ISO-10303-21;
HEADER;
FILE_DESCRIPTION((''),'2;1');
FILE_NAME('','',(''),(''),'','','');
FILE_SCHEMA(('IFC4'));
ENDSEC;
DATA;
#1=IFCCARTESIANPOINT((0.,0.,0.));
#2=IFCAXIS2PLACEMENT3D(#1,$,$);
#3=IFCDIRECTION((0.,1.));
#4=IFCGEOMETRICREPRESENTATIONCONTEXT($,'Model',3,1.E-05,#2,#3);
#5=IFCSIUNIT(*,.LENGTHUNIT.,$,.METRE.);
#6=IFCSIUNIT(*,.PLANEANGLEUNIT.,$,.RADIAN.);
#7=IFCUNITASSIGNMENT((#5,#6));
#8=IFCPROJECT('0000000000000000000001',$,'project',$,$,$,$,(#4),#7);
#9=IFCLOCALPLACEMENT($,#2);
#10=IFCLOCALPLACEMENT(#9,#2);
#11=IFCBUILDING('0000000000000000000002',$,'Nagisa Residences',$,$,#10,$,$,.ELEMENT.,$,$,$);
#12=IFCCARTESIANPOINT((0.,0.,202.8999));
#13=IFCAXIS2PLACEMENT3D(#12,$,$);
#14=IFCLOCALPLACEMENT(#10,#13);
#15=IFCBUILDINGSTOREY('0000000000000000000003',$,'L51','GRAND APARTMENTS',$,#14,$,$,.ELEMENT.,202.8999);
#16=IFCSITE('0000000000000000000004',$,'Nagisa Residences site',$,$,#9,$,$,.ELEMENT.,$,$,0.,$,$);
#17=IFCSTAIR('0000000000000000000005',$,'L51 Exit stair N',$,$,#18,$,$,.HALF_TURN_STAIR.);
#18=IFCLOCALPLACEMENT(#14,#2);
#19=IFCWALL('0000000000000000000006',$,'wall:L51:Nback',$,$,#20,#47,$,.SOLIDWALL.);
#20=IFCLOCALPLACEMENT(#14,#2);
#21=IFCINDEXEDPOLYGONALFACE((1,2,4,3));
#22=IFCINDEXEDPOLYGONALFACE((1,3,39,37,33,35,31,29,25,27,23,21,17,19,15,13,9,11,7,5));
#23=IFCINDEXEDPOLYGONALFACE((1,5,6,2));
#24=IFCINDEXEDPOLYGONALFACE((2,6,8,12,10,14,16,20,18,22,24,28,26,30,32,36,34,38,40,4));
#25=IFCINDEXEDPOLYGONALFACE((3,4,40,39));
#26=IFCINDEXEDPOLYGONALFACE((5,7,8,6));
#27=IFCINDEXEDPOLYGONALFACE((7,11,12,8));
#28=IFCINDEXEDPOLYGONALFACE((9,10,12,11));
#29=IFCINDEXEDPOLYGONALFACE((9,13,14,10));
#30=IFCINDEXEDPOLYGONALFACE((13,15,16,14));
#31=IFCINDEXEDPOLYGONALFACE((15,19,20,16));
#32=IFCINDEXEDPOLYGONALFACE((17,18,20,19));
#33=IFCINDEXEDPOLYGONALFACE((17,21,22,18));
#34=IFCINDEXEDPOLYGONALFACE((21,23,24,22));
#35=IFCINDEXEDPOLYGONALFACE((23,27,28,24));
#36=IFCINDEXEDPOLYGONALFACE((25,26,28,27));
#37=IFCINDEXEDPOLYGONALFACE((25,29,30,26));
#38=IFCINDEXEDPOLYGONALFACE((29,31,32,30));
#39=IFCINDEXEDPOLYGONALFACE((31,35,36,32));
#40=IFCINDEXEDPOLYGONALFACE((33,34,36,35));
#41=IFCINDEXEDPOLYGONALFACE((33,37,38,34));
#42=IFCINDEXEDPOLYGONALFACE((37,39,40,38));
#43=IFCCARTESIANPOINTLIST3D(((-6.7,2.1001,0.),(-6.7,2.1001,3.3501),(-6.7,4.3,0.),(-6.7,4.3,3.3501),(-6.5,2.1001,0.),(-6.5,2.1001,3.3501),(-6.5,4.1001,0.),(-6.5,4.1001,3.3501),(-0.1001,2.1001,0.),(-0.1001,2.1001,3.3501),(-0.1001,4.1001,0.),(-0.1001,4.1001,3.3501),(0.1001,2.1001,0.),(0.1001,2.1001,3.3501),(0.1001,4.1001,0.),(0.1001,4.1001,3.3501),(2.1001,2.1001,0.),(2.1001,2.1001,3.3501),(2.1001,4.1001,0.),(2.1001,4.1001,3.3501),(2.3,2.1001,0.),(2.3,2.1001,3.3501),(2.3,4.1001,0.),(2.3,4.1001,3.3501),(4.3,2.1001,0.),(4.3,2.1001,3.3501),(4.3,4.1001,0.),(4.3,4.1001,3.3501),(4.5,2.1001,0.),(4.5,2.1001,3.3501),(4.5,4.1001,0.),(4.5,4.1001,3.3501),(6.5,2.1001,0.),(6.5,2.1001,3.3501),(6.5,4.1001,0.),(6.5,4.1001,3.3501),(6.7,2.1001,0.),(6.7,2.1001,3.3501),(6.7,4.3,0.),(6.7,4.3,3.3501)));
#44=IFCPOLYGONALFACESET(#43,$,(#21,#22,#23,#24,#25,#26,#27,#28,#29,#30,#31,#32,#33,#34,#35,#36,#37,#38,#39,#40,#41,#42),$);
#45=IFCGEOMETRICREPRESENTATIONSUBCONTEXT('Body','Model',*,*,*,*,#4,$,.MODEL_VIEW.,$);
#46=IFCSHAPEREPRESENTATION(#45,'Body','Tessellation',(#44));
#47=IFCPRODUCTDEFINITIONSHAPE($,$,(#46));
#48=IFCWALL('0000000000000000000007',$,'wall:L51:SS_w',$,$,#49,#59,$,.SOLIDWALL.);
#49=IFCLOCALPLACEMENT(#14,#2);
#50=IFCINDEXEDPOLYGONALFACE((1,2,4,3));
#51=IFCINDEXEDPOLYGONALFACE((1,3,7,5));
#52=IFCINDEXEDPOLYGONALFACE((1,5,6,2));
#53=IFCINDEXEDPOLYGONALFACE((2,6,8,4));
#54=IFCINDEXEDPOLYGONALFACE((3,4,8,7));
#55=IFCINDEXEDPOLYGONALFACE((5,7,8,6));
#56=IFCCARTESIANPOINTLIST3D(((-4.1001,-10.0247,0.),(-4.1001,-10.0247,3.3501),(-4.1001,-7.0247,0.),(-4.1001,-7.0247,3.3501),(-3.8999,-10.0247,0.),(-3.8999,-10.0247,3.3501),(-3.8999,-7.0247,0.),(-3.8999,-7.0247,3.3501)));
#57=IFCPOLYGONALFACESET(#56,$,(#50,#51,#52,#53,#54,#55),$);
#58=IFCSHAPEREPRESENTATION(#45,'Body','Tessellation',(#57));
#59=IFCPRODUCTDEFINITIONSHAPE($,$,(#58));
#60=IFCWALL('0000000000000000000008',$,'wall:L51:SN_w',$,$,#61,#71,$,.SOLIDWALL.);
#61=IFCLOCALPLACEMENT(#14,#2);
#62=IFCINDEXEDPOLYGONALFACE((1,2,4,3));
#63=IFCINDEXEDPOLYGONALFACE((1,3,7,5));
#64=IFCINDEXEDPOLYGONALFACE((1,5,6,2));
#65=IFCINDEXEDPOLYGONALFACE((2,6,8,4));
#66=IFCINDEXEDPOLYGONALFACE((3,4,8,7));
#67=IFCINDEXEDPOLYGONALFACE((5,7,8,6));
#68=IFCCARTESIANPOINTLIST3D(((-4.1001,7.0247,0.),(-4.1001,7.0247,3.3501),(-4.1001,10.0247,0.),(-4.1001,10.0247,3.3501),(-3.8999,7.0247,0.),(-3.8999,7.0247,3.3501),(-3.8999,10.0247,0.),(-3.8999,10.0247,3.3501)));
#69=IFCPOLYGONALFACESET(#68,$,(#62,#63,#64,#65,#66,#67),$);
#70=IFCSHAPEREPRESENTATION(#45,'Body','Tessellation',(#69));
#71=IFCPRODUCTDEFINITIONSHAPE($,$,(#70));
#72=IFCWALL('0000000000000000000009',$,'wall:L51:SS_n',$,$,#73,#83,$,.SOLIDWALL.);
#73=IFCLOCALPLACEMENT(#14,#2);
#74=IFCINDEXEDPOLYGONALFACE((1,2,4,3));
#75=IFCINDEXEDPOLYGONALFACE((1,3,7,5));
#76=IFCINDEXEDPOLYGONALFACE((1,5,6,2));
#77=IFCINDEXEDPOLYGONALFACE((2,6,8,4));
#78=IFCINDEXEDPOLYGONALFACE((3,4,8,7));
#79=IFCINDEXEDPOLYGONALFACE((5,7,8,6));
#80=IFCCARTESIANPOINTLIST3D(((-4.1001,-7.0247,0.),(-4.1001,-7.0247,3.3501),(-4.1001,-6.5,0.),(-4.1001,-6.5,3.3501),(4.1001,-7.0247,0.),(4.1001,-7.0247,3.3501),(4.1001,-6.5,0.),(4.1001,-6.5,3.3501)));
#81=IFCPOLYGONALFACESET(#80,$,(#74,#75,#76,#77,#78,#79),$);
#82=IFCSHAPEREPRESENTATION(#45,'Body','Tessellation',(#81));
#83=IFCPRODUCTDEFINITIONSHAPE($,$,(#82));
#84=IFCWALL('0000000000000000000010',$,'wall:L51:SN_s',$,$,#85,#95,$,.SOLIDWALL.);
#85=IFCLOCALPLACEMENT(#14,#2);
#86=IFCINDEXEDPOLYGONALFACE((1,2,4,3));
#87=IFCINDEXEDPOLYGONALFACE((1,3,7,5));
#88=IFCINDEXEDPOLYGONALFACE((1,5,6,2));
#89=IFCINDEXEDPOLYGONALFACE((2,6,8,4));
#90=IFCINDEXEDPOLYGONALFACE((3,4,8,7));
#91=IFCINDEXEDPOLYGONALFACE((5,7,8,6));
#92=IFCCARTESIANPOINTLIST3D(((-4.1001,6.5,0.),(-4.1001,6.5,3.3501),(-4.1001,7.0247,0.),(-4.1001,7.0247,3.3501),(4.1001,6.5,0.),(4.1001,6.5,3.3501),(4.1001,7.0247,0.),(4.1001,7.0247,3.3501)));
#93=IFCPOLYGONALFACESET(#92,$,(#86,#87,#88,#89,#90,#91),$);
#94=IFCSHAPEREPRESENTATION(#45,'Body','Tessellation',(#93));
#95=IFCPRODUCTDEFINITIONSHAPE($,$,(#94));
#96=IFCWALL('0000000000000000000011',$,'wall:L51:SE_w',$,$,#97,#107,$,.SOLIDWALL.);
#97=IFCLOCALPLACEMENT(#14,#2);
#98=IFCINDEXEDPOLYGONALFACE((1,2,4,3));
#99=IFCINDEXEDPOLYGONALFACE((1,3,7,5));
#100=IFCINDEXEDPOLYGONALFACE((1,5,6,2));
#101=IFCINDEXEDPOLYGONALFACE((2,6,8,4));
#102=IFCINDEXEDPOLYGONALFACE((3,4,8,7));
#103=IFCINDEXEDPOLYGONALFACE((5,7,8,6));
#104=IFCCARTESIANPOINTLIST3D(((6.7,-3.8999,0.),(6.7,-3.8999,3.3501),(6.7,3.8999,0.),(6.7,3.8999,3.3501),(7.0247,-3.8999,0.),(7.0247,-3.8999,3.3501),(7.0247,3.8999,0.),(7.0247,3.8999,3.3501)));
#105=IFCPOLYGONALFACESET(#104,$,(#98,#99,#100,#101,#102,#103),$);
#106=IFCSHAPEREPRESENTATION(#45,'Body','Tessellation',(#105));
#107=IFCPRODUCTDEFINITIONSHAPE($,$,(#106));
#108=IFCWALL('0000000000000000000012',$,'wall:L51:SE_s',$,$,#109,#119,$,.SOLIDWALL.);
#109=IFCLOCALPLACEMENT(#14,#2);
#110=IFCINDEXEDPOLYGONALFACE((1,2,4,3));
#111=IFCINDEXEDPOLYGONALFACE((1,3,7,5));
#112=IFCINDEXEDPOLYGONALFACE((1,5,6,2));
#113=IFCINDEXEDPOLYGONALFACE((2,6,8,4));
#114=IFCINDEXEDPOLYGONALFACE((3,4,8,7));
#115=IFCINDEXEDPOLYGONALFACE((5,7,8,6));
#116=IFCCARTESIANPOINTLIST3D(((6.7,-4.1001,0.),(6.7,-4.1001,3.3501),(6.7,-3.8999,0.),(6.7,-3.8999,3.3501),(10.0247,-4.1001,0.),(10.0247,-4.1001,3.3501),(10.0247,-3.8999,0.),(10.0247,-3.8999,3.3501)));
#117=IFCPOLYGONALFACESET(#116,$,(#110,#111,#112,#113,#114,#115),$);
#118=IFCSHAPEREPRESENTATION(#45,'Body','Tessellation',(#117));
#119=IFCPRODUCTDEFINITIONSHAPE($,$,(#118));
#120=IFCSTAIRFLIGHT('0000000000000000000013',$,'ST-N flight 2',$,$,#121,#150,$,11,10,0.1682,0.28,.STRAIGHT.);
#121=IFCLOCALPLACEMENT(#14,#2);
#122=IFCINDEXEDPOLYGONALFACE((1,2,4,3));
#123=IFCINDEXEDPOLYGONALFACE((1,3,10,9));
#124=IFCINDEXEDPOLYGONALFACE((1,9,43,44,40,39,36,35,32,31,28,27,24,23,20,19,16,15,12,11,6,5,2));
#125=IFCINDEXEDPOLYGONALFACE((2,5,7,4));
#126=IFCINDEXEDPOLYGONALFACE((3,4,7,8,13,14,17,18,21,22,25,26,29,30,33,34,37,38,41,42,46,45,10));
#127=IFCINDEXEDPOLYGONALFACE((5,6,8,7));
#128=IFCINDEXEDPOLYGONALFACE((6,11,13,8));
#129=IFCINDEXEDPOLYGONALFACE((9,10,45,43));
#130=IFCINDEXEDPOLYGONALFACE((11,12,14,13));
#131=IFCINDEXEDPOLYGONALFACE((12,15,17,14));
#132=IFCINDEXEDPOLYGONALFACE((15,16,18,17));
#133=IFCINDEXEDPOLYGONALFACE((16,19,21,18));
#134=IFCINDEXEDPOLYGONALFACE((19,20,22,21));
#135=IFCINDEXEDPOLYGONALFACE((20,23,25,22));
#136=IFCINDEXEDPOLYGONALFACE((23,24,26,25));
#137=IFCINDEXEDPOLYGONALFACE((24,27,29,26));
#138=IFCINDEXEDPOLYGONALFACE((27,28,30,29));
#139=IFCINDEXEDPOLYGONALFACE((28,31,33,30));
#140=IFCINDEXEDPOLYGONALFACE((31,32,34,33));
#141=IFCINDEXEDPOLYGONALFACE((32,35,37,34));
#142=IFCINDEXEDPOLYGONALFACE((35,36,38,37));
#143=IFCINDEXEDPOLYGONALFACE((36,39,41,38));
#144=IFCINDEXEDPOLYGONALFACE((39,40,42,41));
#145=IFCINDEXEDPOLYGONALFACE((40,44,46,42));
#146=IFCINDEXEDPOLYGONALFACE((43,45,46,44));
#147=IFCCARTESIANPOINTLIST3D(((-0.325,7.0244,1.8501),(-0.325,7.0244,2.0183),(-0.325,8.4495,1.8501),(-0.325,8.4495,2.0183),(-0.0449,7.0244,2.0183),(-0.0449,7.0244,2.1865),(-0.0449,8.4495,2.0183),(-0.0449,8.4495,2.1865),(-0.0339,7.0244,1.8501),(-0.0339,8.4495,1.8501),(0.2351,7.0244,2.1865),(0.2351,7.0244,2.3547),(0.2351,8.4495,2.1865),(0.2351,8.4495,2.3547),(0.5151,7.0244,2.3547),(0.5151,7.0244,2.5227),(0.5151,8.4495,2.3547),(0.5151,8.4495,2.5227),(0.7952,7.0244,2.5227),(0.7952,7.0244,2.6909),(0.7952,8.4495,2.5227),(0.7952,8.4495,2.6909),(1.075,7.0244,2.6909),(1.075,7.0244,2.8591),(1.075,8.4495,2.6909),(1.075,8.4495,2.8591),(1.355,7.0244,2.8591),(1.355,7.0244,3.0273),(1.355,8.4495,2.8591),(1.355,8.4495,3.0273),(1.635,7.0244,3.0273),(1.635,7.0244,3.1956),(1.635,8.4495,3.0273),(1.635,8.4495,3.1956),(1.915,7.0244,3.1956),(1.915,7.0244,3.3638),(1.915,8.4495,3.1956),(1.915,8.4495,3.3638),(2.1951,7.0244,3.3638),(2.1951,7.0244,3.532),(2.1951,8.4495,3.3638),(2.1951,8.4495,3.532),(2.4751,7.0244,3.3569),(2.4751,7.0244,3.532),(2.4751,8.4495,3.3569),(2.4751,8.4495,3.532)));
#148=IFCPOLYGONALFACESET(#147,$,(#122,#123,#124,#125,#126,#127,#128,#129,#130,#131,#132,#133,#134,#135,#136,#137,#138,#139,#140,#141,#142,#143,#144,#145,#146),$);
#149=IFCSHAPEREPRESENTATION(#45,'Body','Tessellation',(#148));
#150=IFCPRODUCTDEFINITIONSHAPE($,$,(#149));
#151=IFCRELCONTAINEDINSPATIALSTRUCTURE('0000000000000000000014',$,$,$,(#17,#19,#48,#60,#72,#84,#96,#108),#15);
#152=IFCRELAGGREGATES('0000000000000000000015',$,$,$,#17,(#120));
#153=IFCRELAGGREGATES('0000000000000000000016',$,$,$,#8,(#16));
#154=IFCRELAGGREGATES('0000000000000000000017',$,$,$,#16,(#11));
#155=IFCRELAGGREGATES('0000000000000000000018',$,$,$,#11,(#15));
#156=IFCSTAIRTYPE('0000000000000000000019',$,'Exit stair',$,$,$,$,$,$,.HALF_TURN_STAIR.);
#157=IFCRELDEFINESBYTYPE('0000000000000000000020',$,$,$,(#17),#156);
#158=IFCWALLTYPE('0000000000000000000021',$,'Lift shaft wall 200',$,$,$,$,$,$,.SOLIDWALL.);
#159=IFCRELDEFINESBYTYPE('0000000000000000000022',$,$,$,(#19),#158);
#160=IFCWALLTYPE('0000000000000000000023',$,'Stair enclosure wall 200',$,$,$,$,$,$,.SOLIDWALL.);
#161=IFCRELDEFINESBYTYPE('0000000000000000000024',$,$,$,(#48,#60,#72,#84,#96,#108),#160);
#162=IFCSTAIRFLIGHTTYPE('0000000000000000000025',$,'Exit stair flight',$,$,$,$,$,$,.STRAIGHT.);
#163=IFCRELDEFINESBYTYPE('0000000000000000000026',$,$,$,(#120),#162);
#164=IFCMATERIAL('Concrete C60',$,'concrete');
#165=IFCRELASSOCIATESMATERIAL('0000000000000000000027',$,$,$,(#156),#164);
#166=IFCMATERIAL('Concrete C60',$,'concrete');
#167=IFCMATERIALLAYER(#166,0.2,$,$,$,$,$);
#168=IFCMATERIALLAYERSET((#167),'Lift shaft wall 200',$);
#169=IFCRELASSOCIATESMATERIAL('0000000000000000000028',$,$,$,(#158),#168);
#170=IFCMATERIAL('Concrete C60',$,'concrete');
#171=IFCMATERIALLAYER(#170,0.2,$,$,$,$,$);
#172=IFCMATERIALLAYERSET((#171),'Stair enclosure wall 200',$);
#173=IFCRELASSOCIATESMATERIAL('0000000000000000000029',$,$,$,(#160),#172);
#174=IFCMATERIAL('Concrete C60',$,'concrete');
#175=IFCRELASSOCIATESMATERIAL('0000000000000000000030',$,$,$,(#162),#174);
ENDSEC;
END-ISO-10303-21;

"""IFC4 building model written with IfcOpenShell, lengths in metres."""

from ifc_helpers import new_model, si_unit, direction, frame, origin, place, context, subcontext, project, spatial, polyline, outline, extrude, material, layer, layer_set, type_object, element, aggregate, save


model = new_model("IFC4")

# Units and contexts
model_context = context("Model", 3, precision=1e-05, world=origin(), true_north=direction((0.0, 1.0)))
body_context = subcontext(model_context, "Body", "Model", "MODEL_VIEW")
ifc_project = project(units=[si_unit("LENGTHUNIT", "METRE"), si_unit("PLANEANGLEUNIT", "RADIAN")], contexts=[model_context])

# Site, building, storey
site_placement = place(None, origin())
site = spatial("IfcSite", under=ifc_project, at=site_placement, Name="Nagisa Residences site", CompositionType="ELEMENT", RefElevation=0.0)
building_placement = place(site_placement, origin())
building = spatial("IfcBuilding", under=site, at=building_placement, Name="Nagisa Residences", CompositionType="ELEMENT")
storey_placement = place(building_placement, frame((0.0, 0.0, 202.8999)))
storey = spatial("IfcBuildingStorey", under=building, at=storey_placement, Name="L51", Description="GRAND APARTMENTS", CompositionType="ELEMENT", Elevation=202.8999)

# Stair
ifc_material_1 = material(Name="Concrete C60", Category="concrete")
stair_type = type_object("IfcStairType", Name="Exit stair", PredefinedType="HALF_TURN_STAIR", material=ifc_material_1)
stair_1_placement = place(storey_placement, origin())
stair_1 = element("IfcStair", 1, at=stair_1_placement, inside=storey, type_object=stair_type, Name="L51 Exit stair N", PredefinedType="HALF_TURN_STAIR")

# Shared definitions
ifc_material_2 = material(Name="Concrete C60", Category="concrete")
ifc_layer_1 = layer(ifc_material_2, 0.2)
ifc_layer_set_1 = layer_set([ifc_layer_1], Name="Lift shaft wall 200")
wall_type_1 = type_object("IfcWallType", Name="Lift shaft wall 200", PredefinedType="SOLIDWALL", material=ifc_layer_set_1)

# Walls
wall_1_placement = place(storey_placement, origin())
element("IfcWall", 2, at=wall_1_placement, inside=storey, type_object=wall_type_1, Name="wall:L51:Nback", PredefinedType="SOLIDWALL", context=body_context, shape_type="SweptSolid", body=[
    extrude(outline(polyline([(-6.7, 4.3), (6.7, 4.3), (6.7, 2.1001), (6.5, 2.1001), (6.5, 4.1001), (4.5, 4.1001), (4.5, 2.1001), (4.3, 2.1001), (4.3, 4.1001), (2.3, 4.1001), (2.3, 2.1001), (2.1001, 2.1001), (2.1001, 4.1001), (0.1001, 4.1001), (0.1001, 2.1001), (-0.1001, 2.1001), (-0.1001, 4.1001), (-6.5, 4.1001), (-6.5, 2.1001), (-6.7, 2.1001), (-6.7, 4.3)])), origin(), (0.0, 0.0, 1.0), 3.3501),
])
ifc_material_3 = material(Name="Concrete C60", Category="concrete")
ifc_layer_2 = layer(ifc_material_3, 0.2)
ifc_layer_set_2 = layer_set([ifc_layer_2], Name="Stair enclosure wall 200")
wall_type_2 = type_object("IfcWallType", Name="Stair enclosure wall 200", PredefinedType="SOLIDWALL", material=ifc_layer_set_2)
wall_2_placement = place(storey_placement, origin())
element("IfcWall", 3, at=wall_2_placement, inside=storey, type_object=wall_type_2, Name="wall:L51:SS_w", PredefinedType="SOLIDWALL", context=body_context, shape_type="SweptSolid", body=[
    extrude(outline(polyline([(-3.8999, -10.0247), (-4.1001, -10.0247), (-4.1001, -7.0247), (-3.8999, -7.0247), (-3.8999, -10.0247)])), origin(), (0.0, 0.0, 1.0), 3.3501),
])
wall_3_placement = place(storey_placement, origin())
element("IfcWall", 4, at=wall_3_placement, inside=storey, type_object=wall_type_2, Name="wall:L51:SN_w", PredefinedType="SOLIDWALL", context=body_context, shape_type="SweptSolid", body=[
    extrude(outline(polyline([(-3.8999, 7.0247), (-4.1001, 7.0247), (-4.1001, 10.0247), (-3.8999, 10.0247), (-3.8999, 7.0247)])), origin(), (0.0, 0.0, 1.0), 3.3501),
])
wall_4_placement = place(storey_placement, origin())
element("IfcWall", 5, at=wall_4_placement, inside=storey, type_object=wall_type_2, Name="wall:L51:SS_n", PredefinedType="SOLIDWALL", context=body_context, shape_type="SweptSolid", body=[
    extrude(outline(polyline([(4.1001, -7.0247), (-4.1001, -7.0247), (-4.1001, -6.5), (4.1001, -6.5), (4.1001, -7.0247)])), origin(), (0.0, 0.0, 1.0), 3.3501),
])
wall_5_placement = place(storey_placement, origin())
element("IfcWall", 6, at=wall_5_placement, inside=storey, type_object=wall_type_2, Name="wall:L51:SN_s", PredefinedType="SOLIDWALL", context=body_context, shape_type="SweptSolid", body=[
    extrude(outline(polyline([(4.1001, 6.5), (-4.1001, 6.5), (-4.1001, 7.0247), (4.1001, 7.0247), (4.1001, 6.5)])), origin(), (0.0, 0.0, 1.0), 3.3501),
])
wall_6_placement = place(storey_placement, origin())
element("IfcWall", 7, at=wall_6_placement, inside=storey, type_object=wall_type_2, Name="wall:L51:SE_w", PredefinedType="SOLIDWALL", context=body_context, shape_type="SweptSolid", body=[
    extrude(outline(polyline([(7.0247, -3.8999), (6.7, -3.8999), (6.7, 3.8999), (7.0247, 3.8999), (7.0247, -3.8999)])), origin(), (0.0, 0.0, 1.0), 3.3501),
])
wall_7_placement = place(storey_placement, origin())
element("IfcWall", 8, at=wall_7_placement, inside=storey, type_object=wall_type_2, Name="wall:L51:SE_s", PredefinedType="SOLIDWALL", context=body_context, shape_type="SweptSolid", body=[
    extrude(outline(polyline([(10.0247, -4.1001), (6.7, -4.1001), (6.7, -3.8999), (10.0247, -3.8999), (10.0247, -4.1001)])), origin(), (0.0, 0.0, 1.0), 3.3501),
])

# Stair flight
ifc_material_4 = material(Name="Concrete C60", Category="concrete")
stair_flight_type = type_object("IfcStairFlightType", Name="Exit stair flight", PredefinedType="STRAIGHT", material=ifc_material_4)
stair_flight_placement = place(storey_placement, frame((-0.325, 7.7371, 1.8501), z_axis=(0.0, 0.0, 1.0), x_axis=(1.0, 0.0, 0.0)))
stair_flight = element("IfcStairFlight", 9, at=stair_flight_placement, type_object=stair_flight_type, Name="ST-N flight 2", NumberOfRisers=11, NumberOfTreads=10, PredefinedType="STRAIGHT", RiserHeight=0.1682, TreadLength=0.28, context=body_context, shape_type="SweptSolid", body=[
    extrude(outline(polyline([(0.0, 0.0), (0.0, 0.1682), (0.28, 0.1682), (0.28, 0.3364), (0.5601, 0.3364), (0.5601, 0.5046), (0.8401, 0.5046), (0.8401, 0.6726), (1.1201, 0.6726), (1.1201, 0.8408), (1.3999, 0.8408), (1.3999, 1.009), (1.6799, 1.009), (1.6799, 1.1772), (1.96, 1.1772), (1.96, 1.3455), (2.24, 1.3455), (2.24, 1.5137), (2.52, 1.5137), (2.52, 1.6819), (2.8, 1.6819), (2.8, 1.8501), (2.8, 1.5068), (0.291, 0.0), (0.0, 0.0)])), frame((0.0, 0.7124, 0.0), z_axis=(0.0, -1.0, 0.0), x_axis=(1.0, 0.0, 0.0)), (0.0, 0.0, 1.0), 1.425),
])
aggregate(stair_1, [stair_flight])

save(model, "model.ifc")
